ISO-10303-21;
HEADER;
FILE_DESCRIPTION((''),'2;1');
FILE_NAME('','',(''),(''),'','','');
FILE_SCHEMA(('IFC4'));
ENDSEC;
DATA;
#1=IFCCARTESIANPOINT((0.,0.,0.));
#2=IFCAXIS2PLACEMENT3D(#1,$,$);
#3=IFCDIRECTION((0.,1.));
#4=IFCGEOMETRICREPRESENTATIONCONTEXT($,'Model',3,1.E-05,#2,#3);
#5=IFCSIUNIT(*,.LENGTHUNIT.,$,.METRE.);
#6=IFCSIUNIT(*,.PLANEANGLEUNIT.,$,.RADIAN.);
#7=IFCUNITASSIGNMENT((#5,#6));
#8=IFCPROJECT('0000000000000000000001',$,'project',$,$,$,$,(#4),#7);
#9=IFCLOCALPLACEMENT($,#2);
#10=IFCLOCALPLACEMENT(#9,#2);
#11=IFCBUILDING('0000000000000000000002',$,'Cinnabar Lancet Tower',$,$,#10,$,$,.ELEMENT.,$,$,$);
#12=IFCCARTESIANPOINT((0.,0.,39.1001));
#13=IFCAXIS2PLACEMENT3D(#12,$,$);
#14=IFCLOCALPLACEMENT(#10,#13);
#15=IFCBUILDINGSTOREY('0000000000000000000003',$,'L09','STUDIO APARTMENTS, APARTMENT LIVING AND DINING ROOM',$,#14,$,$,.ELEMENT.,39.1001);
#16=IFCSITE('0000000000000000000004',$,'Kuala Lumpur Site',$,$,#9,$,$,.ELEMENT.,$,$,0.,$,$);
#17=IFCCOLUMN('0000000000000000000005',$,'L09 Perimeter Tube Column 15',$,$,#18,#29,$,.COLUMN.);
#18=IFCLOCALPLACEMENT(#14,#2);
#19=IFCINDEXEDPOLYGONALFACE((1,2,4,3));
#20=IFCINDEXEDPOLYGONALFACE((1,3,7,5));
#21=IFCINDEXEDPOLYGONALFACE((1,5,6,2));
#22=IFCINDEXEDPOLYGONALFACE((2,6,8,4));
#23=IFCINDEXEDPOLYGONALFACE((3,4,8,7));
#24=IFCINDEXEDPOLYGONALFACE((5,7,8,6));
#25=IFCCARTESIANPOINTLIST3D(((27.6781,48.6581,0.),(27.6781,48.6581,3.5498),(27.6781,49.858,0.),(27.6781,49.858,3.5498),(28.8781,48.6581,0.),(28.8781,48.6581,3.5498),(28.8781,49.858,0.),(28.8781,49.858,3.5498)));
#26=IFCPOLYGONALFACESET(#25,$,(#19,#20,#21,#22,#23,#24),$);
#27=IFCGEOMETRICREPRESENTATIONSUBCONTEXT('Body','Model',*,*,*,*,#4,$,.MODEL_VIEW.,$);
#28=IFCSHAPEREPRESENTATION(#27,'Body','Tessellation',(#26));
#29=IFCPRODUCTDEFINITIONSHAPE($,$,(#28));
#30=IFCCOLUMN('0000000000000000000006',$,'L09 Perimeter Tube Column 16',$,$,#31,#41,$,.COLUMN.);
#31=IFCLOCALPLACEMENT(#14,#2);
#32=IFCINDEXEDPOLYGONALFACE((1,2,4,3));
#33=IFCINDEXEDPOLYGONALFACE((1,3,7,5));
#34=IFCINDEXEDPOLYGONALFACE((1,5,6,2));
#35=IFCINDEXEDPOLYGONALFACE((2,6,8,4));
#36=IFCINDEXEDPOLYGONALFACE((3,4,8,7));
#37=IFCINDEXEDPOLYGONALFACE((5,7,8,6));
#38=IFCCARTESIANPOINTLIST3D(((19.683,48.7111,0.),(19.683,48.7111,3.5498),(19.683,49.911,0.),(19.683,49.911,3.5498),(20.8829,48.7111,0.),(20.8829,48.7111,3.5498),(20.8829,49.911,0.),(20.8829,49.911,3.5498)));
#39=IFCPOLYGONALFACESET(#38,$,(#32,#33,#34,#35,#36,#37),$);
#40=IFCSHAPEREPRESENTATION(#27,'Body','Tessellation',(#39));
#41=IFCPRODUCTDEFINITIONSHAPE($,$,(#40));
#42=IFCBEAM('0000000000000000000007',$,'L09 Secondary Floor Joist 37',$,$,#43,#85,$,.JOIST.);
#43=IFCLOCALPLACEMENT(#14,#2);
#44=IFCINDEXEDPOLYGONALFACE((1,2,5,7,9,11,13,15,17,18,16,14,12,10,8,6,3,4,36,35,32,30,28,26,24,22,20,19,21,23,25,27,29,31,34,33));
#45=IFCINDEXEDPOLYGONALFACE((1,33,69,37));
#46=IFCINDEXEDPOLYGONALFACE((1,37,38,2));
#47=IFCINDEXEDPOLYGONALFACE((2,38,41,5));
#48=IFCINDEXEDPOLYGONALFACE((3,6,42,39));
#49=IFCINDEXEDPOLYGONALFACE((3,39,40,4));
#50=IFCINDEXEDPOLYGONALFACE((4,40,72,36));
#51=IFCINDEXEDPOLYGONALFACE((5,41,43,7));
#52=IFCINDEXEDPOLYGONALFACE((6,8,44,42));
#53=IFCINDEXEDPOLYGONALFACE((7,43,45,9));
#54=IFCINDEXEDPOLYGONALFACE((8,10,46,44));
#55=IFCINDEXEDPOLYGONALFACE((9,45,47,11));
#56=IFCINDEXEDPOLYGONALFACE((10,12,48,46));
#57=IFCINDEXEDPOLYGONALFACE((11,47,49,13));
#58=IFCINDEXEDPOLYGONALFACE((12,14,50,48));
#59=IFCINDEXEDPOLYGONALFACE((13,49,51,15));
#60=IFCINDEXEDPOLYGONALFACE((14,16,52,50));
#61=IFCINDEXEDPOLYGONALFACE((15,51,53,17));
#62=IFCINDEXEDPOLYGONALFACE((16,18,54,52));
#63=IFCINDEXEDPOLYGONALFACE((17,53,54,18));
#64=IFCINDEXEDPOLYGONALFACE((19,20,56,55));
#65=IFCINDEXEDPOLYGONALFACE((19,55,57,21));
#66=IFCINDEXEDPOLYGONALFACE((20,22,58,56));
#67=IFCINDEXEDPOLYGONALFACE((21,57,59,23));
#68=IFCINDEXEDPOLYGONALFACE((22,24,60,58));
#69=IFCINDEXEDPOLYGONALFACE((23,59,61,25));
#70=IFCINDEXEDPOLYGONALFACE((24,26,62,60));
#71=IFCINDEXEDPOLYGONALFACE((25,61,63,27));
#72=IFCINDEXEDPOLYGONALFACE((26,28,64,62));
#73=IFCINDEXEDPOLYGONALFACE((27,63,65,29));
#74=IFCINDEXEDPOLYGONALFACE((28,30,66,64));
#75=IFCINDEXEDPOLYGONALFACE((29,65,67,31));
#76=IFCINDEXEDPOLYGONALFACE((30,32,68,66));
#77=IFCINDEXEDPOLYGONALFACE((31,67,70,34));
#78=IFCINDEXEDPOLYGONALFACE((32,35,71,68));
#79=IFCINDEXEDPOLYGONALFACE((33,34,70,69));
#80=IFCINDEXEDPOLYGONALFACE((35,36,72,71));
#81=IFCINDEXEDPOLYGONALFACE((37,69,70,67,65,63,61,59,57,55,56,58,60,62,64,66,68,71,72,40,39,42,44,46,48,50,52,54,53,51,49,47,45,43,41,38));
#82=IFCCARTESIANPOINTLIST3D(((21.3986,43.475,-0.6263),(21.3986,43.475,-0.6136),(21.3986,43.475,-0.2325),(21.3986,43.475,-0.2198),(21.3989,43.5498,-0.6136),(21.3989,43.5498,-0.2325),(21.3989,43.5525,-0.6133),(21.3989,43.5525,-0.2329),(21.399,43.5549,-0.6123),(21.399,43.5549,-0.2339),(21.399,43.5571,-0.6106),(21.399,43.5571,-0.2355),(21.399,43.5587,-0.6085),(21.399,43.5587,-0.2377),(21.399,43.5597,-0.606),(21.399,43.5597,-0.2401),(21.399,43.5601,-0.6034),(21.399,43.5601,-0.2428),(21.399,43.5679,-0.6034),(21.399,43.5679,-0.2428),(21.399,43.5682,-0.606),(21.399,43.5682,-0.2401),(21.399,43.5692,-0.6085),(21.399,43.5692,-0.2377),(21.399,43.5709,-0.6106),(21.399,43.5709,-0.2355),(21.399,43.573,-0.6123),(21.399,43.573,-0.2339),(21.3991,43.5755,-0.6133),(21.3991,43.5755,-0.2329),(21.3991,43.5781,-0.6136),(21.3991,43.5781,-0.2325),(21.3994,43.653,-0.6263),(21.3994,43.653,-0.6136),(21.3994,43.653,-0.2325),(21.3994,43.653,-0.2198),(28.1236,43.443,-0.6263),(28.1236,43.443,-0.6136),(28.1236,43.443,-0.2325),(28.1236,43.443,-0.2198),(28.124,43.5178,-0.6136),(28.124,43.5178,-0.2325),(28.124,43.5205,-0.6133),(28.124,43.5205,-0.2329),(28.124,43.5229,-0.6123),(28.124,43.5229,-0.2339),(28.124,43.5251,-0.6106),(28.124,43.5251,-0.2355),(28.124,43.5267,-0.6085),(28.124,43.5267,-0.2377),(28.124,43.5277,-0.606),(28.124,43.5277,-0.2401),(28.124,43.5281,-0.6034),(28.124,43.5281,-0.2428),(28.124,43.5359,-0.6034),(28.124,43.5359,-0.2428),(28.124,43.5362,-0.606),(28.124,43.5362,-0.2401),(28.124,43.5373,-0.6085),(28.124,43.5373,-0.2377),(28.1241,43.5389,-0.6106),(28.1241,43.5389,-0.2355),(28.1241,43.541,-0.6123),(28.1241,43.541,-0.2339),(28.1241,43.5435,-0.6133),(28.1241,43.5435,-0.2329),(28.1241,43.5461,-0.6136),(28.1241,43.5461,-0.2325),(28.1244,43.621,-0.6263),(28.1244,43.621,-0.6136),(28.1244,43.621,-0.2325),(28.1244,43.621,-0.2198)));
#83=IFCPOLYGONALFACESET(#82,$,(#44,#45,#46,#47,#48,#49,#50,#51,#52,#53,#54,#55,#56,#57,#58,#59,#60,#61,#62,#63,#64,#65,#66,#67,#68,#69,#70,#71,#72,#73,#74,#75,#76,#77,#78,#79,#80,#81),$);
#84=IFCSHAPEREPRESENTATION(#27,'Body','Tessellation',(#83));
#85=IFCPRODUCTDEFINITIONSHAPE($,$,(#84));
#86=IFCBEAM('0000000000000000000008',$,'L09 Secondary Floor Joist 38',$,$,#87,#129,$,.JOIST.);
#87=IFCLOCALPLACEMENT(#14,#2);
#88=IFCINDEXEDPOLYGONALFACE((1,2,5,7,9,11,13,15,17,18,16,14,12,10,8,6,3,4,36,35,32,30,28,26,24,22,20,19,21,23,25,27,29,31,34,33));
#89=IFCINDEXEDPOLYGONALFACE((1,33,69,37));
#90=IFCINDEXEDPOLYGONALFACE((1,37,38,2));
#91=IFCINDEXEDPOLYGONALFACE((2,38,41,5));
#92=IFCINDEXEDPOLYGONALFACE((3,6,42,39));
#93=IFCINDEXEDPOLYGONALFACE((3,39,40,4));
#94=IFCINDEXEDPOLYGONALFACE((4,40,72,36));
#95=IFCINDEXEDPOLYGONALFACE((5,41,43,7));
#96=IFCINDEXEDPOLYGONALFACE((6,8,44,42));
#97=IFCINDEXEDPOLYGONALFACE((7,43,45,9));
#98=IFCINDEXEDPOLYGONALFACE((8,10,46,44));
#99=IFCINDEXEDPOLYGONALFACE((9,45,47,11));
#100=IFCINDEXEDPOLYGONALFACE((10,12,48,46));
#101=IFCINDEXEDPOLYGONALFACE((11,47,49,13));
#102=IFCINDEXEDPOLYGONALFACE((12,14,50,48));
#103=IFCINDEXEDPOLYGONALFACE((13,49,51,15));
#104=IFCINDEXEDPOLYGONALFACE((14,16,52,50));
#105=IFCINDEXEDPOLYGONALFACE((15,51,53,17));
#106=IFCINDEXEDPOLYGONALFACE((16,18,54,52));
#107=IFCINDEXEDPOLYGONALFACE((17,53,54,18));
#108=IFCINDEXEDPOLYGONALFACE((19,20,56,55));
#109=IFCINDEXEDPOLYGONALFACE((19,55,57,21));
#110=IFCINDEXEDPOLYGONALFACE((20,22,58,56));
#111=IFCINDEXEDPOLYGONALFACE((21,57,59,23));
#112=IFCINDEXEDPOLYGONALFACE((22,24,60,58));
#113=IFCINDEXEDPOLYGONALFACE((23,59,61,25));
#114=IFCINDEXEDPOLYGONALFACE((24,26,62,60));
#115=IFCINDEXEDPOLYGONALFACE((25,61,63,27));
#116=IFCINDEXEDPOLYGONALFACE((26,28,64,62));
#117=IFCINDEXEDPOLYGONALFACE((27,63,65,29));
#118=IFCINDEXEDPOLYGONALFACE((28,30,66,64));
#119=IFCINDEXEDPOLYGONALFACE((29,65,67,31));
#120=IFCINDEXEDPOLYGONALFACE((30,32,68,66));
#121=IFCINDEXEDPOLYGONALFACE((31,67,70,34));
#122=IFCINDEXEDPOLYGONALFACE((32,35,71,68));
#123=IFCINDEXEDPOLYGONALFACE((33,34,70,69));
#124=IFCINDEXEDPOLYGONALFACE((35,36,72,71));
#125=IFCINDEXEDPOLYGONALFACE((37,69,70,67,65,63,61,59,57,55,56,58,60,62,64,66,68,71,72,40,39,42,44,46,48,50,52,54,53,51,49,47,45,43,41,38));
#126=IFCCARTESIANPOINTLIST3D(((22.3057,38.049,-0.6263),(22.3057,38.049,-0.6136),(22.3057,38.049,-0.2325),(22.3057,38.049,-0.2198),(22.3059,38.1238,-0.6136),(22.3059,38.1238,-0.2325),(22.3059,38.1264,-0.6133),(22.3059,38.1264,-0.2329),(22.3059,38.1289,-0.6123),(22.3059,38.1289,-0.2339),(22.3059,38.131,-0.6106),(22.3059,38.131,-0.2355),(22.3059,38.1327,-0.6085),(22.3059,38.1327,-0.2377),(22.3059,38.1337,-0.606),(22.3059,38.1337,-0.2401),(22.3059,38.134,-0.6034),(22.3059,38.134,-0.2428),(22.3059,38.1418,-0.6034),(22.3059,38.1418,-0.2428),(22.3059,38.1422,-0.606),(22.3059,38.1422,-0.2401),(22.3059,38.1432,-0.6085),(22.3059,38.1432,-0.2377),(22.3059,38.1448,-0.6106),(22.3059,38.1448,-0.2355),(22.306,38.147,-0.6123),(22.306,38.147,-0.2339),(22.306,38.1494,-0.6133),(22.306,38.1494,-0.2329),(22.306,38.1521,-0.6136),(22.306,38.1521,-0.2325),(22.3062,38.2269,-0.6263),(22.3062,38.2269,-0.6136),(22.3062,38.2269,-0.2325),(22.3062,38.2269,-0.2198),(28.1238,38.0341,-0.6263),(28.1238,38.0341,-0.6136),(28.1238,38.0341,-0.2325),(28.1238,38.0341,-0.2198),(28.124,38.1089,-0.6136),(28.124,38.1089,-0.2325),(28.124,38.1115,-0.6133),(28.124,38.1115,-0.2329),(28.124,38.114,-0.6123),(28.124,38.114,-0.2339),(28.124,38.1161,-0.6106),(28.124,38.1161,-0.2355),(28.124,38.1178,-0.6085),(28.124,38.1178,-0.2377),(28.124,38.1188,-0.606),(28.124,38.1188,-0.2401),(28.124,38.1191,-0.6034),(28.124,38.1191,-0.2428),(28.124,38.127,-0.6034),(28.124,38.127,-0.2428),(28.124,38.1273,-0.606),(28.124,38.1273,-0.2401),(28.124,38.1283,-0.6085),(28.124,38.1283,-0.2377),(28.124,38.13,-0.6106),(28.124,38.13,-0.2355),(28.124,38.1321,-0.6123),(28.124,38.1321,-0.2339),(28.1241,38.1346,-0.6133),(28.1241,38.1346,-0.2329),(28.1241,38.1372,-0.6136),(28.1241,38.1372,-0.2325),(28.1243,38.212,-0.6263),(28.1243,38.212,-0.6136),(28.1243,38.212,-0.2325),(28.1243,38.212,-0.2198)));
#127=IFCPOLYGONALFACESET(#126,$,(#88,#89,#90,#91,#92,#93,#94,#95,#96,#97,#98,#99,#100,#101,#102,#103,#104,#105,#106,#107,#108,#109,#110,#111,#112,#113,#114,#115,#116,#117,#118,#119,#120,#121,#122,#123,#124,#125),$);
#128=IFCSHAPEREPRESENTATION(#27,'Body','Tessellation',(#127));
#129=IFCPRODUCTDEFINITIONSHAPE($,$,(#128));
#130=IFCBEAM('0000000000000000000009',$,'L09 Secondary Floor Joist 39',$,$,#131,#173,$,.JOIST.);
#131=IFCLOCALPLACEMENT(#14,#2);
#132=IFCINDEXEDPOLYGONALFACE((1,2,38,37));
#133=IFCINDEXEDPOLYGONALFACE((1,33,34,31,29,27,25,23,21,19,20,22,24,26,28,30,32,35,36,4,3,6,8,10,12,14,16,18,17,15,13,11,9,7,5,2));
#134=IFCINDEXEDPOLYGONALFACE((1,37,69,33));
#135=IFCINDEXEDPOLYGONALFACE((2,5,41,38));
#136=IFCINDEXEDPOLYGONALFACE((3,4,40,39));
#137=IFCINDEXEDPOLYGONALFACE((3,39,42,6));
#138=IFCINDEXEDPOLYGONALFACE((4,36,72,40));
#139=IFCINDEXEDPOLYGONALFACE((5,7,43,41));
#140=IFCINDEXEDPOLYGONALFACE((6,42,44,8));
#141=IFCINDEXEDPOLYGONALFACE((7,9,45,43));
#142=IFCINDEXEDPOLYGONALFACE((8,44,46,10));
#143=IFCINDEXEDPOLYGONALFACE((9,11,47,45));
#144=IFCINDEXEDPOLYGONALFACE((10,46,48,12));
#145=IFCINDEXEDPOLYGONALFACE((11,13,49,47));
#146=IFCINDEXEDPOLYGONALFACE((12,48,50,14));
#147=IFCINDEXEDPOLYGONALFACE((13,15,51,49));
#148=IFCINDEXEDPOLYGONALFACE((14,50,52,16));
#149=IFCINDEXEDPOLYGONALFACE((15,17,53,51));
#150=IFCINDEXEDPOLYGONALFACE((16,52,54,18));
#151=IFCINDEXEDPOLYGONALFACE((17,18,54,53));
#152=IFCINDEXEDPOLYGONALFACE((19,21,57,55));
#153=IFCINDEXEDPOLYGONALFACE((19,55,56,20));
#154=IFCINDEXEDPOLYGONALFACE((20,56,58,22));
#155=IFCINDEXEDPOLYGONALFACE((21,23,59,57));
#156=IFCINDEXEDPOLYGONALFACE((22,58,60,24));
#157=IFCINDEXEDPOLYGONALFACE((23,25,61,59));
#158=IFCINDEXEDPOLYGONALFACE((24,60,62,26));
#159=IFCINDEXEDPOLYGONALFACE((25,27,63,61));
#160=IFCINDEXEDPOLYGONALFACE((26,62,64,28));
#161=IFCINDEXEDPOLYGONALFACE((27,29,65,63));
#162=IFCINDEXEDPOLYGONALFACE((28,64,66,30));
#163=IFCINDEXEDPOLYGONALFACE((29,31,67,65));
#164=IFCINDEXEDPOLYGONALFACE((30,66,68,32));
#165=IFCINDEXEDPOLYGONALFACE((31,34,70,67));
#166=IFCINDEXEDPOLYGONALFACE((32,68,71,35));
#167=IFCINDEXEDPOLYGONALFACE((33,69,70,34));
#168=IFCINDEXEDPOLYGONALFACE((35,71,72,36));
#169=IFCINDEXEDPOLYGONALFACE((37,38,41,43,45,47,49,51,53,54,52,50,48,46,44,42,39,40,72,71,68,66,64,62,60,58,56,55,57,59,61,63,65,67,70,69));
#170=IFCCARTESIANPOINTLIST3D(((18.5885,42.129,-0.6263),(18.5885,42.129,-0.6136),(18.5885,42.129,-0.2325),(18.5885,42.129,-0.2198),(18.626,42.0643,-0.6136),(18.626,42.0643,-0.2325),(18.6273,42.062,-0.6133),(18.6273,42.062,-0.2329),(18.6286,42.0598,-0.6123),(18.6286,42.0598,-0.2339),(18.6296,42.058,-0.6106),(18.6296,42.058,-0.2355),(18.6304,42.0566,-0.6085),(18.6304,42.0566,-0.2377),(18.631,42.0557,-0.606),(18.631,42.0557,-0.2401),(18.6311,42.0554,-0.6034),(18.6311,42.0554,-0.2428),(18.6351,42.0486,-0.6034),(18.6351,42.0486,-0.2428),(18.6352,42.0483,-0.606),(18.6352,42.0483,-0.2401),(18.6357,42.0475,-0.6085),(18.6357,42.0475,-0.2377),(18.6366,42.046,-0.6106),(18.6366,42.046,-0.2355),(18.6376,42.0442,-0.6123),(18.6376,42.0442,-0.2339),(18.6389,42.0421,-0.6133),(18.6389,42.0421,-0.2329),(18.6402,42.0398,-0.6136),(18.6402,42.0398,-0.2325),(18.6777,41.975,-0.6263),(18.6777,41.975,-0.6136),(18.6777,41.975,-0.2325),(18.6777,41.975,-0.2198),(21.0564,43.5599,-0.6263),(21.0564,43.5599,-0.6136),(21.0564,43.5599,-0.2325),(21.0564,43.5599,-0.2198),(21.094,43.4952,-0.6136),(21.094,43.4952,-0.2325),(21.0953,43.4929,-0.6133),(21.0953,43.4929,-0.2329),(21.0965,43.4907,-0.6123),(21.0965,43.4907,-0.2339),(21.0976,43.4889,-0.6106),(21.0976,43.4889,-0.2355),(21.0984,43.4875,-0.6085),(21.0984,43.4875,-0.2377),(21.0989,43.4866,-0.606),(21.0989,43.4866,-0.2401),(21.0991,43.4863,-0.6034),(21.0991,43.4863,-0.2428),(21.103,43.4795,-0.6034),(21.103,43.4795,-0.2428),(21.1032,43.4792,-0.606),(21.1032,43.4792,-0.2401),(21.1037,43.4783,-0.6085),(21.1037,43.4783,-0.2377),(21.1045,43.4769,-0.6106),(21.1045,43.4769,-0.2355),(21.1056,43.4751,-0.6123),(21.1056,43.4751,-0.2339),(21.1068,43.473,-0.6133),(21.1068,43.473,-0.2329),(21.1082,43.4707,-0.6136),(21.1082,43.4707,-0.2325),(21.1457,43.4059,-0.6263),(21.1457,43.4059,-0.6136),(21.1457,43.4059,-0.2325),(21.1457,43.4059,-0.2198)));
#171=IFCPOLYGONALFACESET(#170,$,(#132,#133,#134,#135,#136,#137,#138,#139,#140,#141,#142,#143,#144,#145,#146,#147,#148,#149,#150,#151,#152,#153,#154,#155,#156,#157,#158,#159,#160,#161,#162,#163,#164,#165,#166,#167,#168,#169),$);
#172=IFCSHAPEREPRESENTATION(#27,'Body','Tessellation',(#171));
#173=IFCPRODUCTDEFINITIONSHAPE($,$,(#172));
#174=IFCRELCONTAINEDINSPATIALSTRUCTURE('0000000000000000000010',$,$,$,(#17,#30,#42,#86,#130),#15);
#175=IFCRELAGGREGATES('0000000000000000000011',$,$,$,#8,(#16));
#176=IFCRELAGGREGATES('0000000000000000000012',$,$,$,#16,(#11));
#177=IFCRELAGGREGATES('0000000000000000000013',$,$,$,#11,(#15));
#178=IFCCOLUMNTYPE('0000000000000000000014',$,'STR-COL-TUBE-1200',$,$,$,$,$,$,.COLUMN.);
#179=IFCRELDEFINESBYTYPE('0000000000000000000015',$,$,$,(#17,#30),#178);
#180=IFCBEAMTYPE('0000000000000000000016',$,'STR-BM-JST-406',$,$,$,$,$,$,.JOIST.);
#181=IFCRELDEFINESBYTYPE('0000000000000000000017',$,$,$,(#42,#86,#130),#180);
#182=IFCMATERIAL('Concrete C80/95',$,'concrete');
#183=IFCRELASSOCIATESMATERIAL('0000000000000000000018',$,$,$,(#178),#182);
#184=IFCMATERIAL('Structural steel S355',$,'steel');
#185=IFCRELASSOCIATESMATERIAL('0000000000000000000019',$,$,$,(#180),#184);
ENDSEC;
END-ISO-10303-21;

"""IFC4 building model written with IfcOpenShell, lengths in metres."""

from ifc_helpers import new_model, si_unit, direction, frame, origin, origin_2d, place, context, subcontext, project, spatial, rectangle, i_section, extrude, material, material_profile, profile_set, type_object, element, save


model = new_model("IFC4")

# Units and contexts
model_context = context("Model", 3, precision=1e-05, world=origin(), true_north=direction((0.0, 1.0)))
body_context = subcontext(model_context, "Body", "Model", "MODEL_VIEW")
ifc_project = project(units=[si_unit("LENGTHUNIT", "METRE"), si_unit("PLANEANGLEUNIT", "RADIAN")], contexts=[model_context])

# Site, building, storey
site_placement = place(None, origin())
site = spatial("IfcSite", under=ifc_project, at=site_placement, Name="Kuala Lumpur Site", CompositionType="ELEMENT", RefElevation=0.0)
building_placement = place(site_placement, origin())
building = spatial("IfcBuilding", under=site, at=building_placement, Name="Cinnabar Lancet Tower", CompositionType="ELEMENT")
storey_placement = place(building_placement, frame((0.0, 0.0, 39.1001)))
storey = spatial("IfcBuildingStorey", under=building, at=storey_placement, Name="L09", Description="STUDIO APARTMENTS, APARTMENT LIVING AND DINING ROOM", CompositionType="ELEMENT", Elevation=39.1001)

# Columns
ifc_material_1 = material(Name="Concrete C80/95", Category="concrete")
ifc_material_profile_1 = material_profile(ifc_material_1, rectangle(XDim=1.2, YDim=1.2, at=origin_2d()), Name="RC-COL 1200x1200")
ifc_profile_set_1 = profile_set([ifc_material_profile_1], Name="Concrete C80/95")
column_type = type_object("IfcColumnType", Name="STR-COL-TUBE-1200", PredefinedType="COLUMN", material=ifc_profile_set_1)
for number, where, z_axis, x_axis, name in (
    (1, (28.2781, 49.2581, 0.0), (0.0, 0.0, 1.0), (1.0, 0.0, 0.0), "L09 Perimeter Tube Column 15"),
    (2, (20.283, 49.311, 0.0), (0.0, 0.0, 1.0), (1.0, 0.0, 0.0), "L09 Perimeter Tube Column 16"),
):
    element("IfcColumn", number, at=place(storey_placement, frame(where, z_axis=z_axis, x_axis=x_axis)), inside=storey, type_object=column_type, Name=name, PredefinedType="COLUMN", context=body_context, shape_type="SweptSolid", body=[
        extrude(rectangle(XDim=1.2, YDim=1.2, at=origin_2d()), origin(), (0.0, 0.0, 1.0), 3.5498),
    ])

# Beams
ifc_material_2 = material(Name="Structural steel S355", Category="steel")
ifc_material_profile_2 = material_profile(ifc_material_2, i_section(OverallWidth=0.178, OverallDepth=0.4065, WebThickness=0.0078, FlangeThickness=0.0127, FilletRadius=0.0103, at=origin_2d()), Name="UKB 406x178x60")
ifc_profile_set_2 = profile_set([ifc_material_profile_2], Name="Structural steel S355")
beam_type_1 = type_object("IfcBeamType", Name="STR-BM-JST-406", PredefinedType="JOIST", material=ifc_profile_set_2)
beam_1_placement = place(storey_placement, frame((28.124, 43.532, -0.4231), z_axis=(-0.999989, 0.004756, 0.0), x_axis=(-0.004756, -0.999989, 0.0)))
element("IfcBeam", 3, at=beam_1_placement, inside=storey, type_object=beam_type_1, Name="L09 Secondary Floor Joist 37", PredefinedType="JOIST", context=body_context, shape_type="SweptSolid", body=[
    extrude(i_section(OverallWidth=0.178, OverallDepth=0.4065, WebThickness=0.0078, FlangeThickness=0.0127, FilletRadius=0.0103, at=origin_2d()), origin(), (0.0, 0.0, 1.0), 6.7251),
])
beam_2_placement = place(storey_placement, frame((28.124, 38.123, -0.4231), z_axis=(-0.999997, 0.00256, 0.0), x_axis=(-0.00256, -0.999997, 0.0)))
element("IfcBeam", 4, at=beam_2_placement, inside=storey, type_object=beam_type_1, Name="L09 Secondary Floor Joist 38", PredefinedType="JOIST", context=body_context, shape_type="SweptSolid", body=[
    extrude(i_section(OverallWidth=0.178, OverallDepth=0.4065, WebThickness=0.0078, FlangeThickness=0.0127, FilletRadius=0.0103, at=origin_2d()), origin(), (0.0, 0.0, 1.0), 5.8181),
])
beam_3_placement = place(storey_placement, frame((21.1011, 43.4829, -0.4231), z_axis=(-0.865114, -0.501576, 0.0), x_axis=(0.501576, -0.865114, 0.0)))
element("IfcBeam", 5, at=beam_3_placement, inside=storey, type_object=beam_type_1, Name="L09 Secondary Floor Joist 39", PredefinedType="JOIST", context=body_context, shape_type="SweptSolid", body=[
    extrude(i_section(OverallWidth=0.178, OverallDepth=0.4065, WebThickness=0.0078, FlangeThickness=0.0127, FilletRadius=0.0103, at=origin_2d()), origin(), (0.0, 0.0, 1.0), 2.8528),
])

save(model, "model.ifc")
